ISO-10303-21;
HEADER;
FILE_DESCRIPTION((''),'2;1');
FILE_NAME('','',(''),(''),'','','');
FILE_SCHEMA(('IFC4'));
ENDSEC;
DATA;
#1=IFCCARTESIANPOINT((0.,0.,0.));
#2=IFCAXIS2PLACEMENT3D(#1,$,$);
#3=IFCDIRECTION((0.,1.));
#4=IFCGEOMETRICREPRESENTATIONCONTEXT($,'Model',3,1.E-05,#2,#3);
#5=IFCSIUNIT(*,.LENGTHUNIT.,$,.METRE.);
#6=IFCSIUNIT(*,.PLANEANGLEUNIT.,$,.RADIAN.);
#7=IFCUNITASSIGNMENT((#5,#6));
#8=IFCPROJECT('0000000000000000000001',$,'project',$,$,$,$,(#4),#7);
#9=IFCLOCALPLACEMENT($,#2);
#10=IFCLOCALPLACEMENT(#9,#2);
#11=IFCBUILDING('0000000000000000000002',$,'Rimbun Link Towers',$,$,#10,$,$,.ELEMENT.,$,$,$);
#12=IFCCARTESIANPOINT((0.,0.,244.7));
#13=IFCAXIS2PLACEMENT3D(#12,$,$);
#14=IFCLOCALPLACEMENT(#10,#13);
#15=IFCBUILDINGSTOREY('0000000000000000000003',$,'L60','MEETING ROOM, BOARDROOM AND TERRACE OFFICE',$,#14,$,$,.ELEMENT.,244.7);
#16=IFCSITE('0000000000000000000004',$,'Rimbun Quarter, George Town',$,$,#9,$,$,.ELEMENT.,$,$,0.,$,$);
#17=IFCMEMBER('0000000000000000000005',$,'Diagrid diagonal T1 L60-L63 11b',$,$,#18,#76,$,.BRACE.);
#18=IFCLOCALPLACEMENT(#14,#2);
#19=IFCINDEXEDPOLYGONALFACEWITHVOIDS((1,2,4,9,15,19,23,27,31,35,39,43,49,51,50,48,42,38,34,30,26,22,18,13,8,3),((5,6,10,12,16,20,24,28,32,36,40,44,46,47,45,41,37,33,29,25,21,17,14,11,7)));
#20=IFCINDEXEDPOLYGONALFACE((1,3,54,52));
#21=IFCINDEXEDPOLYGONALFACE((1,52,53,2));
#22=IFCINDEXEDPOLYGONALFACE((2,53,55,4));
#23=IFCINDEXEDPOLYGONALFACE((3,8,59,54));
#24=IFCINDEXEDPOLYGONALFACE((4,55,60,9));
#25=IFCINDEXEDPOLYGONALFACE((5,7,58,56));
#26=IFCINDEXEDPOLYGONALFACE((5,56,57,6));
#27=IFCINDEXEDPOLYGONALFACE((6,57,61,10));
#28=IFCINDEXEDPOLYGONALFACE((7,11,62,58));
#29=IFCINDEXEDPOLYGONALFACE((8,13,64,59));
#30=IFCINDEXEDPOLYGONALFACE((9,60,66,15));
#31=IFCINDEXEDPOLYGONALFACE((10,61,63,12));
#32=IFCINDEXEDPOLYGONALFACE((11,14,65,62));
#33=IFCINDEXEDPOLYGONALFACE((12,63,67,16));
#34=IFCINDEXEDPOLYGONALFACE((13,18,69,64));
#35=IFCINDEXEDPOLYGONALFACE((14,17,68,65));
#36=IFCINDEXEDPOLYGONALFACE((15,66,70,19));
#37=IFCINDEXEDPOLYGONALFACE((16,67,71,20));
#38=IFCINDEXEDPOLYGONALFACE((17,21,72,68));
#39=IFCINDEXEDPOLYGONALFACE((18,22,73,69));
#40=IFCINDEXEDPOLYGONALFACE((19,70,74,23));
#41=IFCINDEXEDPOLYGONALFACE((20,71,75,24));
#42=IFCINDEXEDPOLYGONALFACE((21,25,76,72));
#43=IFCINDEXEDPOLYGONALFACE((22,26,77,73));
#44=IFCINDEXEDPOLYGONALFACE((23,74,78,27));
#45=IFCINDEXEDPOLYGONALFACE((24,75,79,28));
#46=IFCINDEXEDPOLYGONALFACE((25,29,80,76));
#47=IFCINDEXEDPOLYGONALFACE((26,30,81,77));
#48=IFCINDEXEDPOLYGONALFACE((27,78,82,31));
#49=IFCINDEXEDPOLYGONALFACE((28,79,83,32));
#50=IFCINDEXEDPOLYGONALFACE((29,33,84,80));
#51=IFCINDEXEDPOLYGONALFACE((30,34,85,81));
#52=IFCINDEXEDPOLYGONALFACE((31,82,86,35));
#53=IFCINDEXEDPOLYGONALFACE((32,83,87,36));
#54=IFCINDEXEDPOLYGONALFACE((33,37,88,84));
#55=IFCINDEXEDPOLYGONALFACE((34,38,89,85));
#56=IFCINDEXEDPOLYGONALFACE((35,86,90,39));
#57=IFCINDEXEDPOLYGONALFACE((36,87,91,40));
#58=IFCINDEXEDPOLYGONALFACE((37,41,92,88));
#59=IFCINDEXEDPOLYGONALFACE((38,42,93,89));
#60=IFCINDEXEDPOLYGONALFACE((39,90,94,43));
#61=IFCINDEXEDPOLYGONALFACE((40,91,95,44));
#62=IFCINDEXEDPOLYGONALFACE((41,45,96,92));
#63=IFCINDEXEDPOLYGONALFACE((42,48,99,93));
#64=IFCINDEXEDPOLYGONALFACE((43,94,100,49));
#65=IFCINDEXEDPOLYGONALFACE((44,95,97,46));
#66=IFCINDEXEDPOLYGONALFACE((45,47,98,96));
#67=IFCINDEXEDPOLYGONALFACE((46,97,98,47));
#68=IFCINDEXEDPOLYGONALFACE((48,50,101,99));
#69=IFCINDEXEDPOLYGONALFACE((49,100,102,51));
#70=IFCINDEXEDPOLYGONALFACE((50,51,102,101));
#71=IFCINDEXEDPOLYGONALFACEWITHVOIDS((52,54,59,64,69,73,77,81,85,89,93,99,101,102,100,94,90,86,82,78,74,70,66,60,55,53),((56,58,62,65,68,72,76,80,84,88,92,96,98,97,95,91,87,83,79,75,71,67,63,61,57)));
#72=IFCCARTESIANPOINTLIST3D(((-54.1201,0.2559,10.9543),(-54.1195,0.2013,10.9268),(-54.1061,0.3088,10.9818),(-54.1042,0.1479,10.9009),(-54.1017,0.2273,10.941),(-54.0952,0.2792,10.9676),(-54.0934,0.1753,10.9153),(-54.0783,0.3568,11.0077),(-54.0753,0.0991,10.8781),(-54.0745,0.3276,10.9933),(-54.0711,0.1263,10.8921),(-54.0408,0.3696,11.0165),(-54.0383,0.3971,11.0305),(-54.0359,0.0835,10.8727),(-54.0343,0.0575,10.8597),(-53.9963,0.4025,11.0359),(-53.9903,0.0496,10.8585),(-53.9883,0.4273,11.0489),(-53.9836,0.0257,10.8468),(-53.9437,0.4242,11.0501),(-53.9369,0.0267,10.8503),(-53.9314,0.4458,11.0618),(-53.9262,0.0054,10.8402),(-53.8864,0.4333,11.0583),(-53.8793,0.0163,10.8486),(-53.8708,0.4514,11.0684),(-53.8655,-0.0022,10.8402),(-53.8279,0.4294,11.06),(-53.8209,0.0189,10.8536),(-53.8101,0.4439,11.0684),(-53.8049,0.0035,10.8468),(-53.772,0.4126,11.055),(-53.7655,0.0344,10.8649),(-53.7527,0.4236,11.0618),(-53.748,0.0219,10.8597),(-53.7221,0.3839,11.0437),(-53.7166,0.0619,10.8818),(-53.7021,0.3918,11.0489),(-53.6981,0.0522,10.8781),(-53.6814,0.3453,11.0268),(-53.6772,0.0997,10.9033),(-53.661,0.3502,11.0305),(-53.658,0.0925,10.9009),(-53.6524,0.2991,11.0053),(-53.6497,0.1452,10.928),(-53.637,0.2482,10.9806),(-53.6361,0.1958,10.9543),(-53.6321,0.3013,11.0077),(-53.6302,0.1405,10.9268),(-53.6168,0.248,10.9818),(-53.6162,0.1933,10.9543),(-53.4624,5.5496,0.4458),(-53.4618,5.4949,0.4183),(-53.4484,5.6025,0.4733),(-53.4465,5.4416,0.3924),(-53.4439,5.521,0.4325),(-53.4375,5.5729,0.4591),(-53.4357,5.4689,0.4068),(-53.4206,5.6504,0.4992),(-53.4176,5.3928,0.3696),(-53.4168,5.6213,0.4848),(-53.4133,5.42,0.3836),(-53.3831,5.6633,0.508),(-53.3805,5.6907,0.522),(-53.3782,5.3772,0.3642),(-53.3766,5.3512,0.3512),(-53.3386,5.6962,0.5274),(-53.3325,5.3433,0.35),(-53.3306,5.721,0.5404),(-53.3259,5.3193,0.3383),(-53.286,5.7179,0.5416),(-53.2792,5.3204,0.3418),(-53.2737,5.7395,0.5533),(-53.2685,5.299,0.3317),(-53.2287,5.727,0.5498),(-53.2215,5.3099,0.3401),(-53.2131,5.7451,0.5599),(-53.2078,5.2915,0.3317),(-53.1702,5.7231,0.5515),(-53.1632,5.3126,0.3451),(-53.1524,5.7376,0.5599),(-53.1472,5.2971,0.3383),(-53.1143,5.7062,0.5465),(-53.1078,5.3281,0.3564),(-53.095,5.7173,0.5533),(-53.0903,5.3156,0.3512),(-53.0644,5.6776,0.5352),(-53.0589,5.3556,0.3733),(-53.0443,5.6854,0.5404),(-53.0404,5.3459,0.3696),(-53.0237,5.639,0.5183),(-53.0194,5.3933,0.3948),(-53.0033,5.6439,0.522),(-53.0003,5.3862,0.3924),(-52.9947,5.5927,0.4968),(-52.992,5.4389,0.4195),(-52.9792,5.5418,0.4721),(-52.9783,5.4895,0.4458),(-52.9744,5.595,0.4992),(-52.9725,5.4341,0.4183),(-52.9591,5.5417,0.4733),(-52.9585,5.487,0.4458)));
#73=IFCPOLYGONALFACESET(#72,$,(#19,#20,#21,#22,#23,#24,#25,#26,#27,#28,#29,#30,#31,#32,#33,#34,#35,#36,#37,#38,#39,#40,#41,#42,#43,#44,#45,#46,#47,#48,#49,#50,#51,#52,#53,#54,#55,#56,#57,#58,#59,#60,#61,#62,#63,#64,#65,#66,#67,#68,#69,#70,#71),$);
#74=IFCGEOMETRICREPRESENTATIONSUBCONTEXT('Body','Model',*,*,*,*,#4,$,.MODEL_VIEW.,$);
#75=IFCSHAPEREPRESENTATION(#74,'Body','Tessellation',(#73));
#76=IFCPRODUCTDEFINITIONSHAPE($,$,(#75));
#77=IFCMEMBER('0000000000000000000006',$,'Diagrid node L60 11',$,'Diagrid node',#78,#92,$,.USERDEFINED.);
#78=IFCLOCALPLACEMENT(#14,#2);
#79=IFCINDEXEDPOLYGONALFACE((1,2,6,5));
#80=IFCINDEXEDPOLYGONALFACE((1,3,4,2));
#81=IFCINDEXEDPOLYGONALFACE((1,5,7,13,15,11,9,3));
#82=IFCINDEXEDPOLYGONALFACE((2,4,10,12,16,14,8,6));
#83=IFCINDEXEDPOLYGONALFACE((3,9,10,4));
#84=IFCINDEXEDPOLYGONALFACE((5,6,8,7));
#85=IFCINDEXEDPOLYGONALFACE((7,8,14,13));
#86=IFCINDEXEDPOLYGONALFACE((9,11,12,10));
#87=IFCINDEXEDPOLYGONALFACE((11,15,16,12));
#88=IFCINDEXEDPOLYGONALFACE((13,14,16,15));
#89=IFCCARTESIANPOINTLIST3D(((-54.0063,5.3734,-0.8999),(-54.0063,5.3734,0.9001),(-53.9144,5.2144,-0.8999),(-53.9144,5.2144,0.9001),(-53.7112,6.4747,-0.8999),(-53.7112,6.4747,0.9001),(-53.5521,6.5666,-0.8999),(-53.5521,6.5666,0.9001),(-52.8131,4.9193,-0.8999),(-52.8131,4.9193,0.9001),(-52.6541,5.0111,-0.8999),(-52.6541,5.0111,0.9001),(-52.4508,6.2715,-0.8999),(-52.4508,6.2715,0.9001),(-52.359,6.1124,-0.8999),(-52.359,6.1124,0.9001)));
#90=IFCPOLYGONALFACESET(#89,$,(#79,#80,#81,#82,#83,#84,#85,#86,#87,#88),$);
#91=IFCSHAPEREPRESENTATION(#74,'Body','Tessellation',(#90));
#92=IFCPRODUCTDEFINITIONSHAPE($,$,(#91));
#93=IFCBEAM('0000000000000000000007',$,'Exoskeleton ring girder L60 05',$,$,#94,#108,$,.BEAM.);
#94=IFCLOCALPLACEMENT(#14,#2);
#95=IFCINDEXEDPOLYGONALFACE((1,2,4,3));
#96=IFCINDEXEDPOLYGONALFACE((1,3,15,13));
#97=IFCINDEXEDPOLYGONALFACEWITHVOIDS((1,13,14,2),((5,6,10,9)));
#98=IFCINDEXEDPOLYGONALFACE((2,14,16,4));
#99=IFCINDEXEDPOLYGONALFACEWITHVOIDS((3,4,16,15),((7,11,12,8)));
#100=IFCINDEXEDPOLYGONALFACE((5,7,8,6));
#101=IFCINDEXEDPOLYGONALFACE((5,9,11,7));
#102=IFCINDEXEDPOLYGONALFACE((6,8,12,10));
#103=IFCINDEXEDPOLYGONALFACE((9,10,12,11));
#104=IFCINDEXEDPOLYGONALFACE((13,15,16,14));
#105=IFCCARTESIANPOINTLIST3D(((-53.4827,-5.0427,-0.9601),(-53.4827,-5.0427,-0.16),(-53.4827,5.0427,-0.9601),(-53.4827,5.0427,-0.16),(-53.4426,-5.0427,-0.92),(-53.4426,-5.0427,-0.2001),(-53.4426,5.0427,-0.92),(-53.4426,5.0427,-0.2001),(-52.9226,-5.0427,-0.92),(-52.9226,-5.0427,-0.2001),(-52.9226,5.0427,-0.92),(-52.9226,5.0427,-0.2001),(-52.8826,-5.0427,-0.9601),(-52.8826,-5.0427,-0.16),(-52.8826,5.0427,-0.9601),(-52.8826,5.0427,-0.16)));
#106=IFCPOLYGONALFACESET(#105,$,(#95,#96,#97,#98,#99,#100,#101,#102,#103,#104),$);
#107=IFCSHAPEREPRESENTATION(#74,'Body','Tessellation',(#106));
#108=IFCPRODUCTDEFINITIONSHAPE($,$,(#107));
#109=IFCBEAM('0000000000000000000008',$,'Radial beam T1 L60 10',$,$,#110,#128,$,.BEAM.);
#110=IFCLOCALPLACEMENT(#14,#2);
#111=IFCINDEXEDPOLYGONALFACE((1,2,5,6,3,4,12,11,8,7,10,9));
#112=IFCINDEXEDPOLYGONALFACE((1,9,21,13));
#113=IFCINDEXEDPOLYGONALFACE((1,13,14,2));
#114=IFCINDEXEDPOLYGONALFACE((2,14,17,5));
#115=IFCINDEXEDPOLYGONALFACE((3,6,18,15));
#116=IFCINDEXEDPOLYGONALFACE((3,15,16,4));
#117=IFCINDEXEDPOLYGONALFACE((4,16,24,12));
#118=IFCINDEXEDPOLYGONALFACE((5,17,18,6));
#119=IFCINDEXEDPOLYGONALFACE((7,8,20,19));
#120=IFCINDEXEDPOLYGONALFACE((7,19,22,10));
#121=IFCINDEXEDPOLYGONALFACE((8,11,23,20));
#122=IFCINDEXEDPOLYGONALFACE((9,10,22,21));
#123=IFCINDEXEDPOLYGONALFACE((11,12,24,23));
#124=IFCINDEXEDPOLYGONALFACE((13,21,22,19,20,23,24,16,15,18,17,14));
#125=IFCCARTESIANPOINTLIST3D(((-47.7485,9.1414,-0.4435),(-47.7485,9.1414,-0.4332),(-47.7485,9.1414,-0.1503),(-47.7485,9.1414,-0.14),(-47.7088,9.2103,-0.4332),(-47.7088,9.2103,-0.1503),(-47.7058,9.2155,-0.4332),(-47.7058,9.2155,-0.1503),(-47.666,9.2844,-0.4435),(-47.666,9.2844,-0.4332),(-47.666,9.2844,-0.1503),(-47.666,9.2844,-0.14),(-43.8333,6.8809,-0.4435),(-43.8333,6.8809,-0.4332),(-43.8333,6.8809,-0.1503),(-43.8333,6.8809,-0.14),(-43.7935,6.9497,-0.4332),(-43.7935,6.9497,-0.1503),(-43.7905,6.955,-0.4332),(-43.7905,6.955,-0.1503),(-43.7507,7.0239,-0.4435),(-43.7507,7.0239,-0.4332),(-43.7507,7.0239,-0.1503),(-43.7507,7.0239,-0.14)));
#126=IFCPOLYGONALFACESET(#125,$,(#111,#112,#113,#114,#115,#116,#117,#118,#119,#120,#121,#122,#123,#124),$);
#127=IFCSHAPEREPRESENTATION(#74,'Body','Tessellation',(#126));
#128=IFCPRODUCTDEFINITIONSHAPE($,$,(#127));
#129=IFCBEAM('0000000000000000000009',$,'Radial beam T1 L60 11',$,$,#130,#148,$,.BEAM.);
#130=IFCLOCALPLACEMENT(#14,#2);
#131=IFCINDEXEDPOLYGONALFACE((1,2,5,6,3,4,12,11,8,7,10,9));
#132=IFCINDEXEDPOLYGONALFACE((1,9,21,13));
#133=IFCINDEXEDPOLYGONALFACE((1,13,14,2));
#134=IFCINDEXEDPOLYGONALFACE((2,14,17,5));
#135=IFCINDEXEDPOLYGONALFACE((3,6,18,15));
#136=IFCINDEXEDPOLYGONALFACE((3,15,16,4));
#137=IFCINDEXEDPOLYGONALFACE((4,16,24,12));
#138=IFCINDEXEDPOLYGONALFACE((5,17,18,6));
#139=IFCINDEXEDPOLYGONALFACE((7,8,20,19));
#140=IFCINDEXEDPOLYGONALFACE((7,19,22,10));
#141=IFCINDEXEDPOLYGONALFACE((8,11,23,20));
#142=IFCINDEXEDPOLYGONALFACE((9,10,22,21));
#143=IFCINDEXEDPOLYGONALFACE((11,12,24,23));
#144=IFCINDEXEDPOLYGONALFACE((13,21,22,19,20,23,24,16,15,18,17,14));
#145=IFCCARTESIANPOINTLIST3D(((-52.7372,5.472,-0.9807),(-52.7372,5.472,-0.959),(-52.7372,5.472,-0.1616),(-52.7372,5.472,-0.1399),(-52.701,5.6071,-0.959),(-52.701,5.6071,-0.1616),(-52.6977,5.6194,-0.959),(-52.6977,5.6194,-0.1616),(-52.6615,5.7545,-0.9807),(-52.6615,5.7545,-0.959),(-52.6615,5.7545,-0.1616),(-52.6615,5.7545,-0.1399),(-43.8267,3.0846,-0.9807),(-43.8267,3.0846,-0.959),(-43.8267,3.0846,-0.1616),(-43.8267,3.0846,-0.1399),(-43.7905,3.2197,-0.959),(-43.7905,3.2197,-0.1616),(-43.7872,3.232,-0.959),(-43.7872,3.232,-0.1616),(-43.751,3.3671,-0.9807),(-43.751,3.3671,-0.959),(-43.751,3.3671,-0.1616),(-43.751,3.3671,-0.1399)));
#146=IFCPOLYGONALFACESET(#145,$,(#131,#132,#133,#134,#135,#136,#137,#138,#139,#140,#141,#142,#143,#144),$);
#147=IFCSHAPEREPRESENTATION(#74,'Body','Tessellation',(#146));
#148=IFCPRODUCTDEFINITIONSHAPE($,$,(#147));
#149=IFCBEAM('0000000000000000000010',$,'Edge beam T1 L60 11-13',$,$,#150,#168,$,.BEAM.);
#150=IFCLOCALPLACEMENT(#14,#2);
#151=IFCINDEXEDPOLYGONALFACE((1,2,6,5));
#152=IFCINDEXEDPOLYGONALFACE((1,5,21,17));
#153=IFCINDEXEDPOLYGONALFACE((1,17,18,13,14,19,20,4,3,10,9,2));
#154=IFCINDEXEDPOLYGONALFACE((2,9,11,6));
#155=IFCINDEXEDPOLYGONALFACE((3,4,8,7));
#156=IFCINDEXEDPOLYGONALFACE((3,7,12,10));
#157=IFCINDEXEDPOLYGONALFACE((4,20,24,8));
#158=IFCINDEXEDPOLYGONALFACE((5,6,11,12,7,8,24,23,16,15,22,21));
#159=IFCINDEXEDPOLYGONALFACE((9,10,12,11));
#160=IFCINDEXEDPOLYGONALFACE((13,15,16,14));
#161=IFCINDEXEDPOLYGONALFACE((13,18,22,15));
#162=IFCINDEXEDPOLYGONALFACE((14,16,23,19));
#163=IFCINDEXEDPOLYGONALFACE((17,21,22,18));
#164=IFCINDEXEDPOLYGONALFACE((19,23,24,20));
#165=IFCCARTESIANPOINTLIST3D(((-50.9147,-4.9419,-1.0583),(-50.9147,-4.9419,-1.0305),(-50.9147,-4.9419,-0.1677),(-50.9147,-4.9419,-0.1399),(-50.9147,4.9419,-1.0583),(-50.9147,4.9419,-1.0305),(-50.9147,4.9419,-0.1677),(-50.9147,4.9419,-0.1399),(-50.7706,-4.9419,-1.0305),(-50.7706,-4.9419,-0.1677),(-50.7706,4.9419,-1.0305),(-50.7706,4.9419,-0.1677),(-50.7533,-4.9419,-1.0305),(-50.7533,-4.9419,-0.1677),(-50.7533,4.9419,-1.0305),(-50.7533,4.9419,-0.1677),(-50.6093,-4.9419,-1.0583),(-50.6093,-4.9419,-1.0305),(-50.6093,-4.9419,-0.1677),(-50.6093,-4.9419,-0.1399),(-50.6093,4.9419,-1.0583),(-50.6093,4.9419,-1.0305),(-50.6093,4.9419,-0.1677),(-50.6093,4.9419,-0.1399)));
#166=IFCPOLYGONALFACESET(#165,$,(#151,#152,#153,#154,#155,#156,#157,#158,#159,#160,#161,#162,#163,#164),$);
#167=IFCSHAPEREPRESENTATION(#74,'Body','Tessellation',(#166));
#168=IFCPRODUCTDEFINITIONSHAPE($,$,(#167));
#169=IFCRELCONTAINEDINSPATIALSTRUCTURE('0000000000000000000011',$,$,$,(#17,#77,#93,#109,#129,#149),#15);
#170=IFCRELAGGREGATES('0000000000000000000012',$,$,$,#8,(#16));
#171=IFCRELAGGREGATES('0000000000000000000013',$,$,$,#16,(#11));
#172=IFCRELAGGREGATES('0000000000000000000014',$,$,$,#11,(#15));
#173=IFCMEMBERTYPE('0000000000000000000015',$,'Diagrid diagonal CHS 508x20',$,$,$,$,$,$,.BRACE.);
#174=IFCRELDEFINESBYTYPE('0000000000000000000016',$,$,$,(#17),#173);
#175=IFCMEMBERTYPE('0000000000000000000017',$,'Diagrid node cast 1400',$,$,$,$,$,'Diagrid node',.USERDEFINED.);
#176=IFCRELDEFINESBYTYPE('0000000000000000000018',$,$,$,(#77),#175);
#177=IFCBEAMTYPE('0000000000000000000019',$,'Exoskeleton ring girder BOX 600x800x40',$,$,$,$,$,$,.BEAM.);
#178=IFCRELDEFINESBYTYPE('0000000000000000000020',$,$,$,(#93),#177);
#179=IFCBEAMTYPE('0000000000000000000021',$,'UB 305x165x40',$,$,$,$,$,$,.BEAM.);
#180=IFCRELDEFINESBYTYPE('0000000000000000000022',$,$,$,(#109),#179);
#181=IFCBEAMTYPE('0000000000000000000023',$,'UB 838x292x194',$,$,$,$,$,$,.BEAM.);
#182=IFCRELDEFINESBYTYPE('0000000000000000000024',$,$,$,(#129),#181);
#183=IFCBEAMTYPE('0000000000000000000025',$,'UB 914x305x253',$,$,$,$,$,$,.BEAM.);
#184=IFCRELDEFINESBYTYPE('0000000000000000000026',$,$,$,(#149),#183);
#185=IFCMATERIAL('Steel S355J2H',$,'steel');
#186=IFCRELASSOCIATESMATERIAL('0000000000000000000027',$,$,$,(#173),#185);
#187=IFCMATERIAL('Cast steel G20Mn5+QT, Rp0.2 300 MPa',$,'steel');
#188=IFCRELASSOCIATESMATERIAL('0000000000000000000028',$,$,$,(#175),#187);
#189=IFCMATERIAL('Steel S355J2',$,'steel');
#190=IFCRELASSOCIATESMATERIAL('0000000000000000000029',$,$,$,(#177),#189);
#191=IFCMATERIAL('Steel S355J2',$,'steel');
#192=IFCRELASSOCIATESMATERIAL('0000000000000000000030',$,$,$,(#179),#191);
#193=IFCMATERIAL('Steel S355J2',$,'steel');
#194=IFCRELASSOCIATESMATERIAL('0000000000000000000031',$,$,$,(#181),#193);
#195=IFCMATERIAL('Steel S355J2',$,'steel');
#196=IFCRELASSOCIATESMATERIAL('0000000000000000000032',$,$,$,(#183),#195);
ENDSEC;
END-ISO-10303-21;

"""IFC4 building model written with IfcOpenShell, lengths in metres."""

from ifc_helpers import new_model, si_unit, direction, frame, origin, origin_2d, place, context, subcontext, project, spatial, polyline, hollow_rectangle, hollow_circle, i_section, outline, extrude, material, material_profile, profile_set, type_object, element, save


model = new_model("IFC4")

# Units and contexts
model_context = context("Model", 3, precision=1e-05, world=origin(), true_north=direction((0.0, 1.0)))
body_context = subcontext(model_context, "Body", "Model", "MODEL_VIEW")
ifc_project = project(units=[si_unit("LENGTHUNIT", "METRE"), si_unit("PLANEANGLEUNIT", "RADIAN")], contexts=[model_context])

# Site, building, storey
site_placement = place(None, origin())
site = spatial("IfcSite", under=ifc_project, at=site_placement, Name="Rimbun Quarter, George Town", CompositionType="ELEMENT", RefElevation=0.0)
building_placement = place(site_placement, origin())
building = spatial("IfcBuilding", under=site, at=building_placement, Name="Rimbun Link Towers", CompositionType="ELEMENT")
storey_placement = place(building_placement, frame((0.0, 0.0, 244.7)))
storey = spatial("IfcBuildingStorey", under=building, at=storey_placement, Name="L60", Description="MEETING ROOM, BOARDROOM AND TERRACE OFFICE", CompositionType="ELEMENT", Elevation=244.7)

# Members
ifc_material_1 = material(Name="Steel S355J2H", Category="steel")
ifc_material_profile_1 = material_profile(ifc_material_1, hollow_circle(Radius=0.2539, WallThickness=0.02, at=origin_2d()), Name="Diagrid diagonal CHS 508x20")
ifc_profile_set_1 = profile_set([ifc_material_profile_1], Name="Steel S355J2H")
member_type_1 = type_object("IfcMemberType", Name="Diagrid diagonal CHS 508x20", PredefinedType="BRACE", material=ifc_profile_set_1)
member_1_placement = place(storey_placement, frame((-53.2104, 5.5183, 0.4458), z_axis=(-0.05581, -0.449191, 0.891691), x_axis=(0.99237, -0.123297, 0.0)))
element("IfcMember", 1, at=member_1_placement, inside=storey, type_object=member_type_1, Name="Diagrid diagonal T1 L60-L63 11b", PredefinedType="BRACE", context=body_context, shape_type="SweptSolid", body=[
    extrude(hollow_circle(Radius=0.2539, WallThickness=0.02, at=origin_2d()), origin(), (0.0, 0.0, 1.0), 11.7849),
])
ifc_material_2 = material(Name="Cast steel G20Mn5+QT, Rp0.2 300 MPa", Category="steel")
ifc_material_profile_2 = material_profile(ifc_material_2, outline(polyline([(0.7, -0.5701), (0.7, 0.5701), (0.5701, 0.7), (-0.5701, 0.7), (-0.7, 0.5701), (-0.7, -0.5701), (-0.5701, -0.7), (0.5701, -0.7), (0.7, -0.5701)])), Name="NODE 1400x1400")
ifc_profile_set_2 = profile_set([ifc_material_profile_2], Name="Cast steel G20Mn5+QT, Rp0.2 300 MPa")
member_type_2 = type_object("IfcMemberType", Name="Diagrid node cast 1400", ElementType="Diagrid node", PredefinedType="USERDEFINED", material=ifc_profile_set_2)
member_2_placement = place(storey_placement, frame((-53.1826, 5.7429, -0.8999), z_axis=(0.0, 0.0, 1.0), x_axis=(-0.965926, 0.258819, 0.0)))
element("IfcMember", 2, at=member_2_placement, inside=storey, type_object=member_type_2, Name="Diagrid node L60 11", ObjectType="Diagrid node", PredefinedType="USERDEFINED", context=body_context, shape_type="SweptSolid", body=[
    extrude(outline(polyline([(0.7, -0.5701), (0.7, 0.5701), (0.5701, 0.7), (-0.5701, 0.7), (-0.7, 0.5701), (-0.7, -0.5701), (-0.5701, -0.7), (0.5701, -0.7), (0.7, -0.5701)])), origin(), (0.0, 0.0, 1.0), 1.8),
])

# Beams
ifc_material_3 = material(Name="Steel S355J2", Category="steel")
ifc_material_profile_3 = material_profile(ifc_material_3, hollow_rectangle(XDim=0.6001, YDim=0.8, WallThickness=0.04, at=origin_2d()), Name="Exoskeleton ring girder BOX 600x800x40")
ifc_profile_set_3 = profile_set([ifc_material_profile_3], Name="Steel S355J2")
beam_type_1 = type_object("IfcBeamType", Name="Exoskeleton ring girder BOX 600x800x40", PredefinedType="BEAM", material=ifc_profile_set_3)
beam_1_placement = place(storey_placement, frame((-53.1826, 5.0427, -0.5601), z_axis=(0.0, -1.0, 0.0), x_axis=(1.0, 0.0, 0.0)))
element("IfcBeam", 3, at=beam_1_placement, inside=storey, type_object=beam_type_1, Name="Exoskeleton ring girder L60 05", PredefinedType="BEAM", context=body_context, shape_type="SweptSolid", body=[
    extrude(hollow_rectangle(XDim=0.6001, YDim=0.8, WallThickness=0.04, at=origin_2d()), origin(), (0.0, 0.0, 1.0), 10.0854),
])
ifc_material_4 = material(Name="Steel S355J2", Category="steel")
ifc_material_profile_4 = material_profile(ifc_material_4, i_section(OverallWidth=0.165, OverallDepth=0.3035, WebThickness=0.0061, FlangeThickness=0.0103, at=origin_2d()), Name="UB 305x165x40")
ifc_profile_set_4 = profile_set([ifc_material_profile_4], Name="Steel S355J2")
beam_type_2 = type_object("IfcBeamType", Name="UB 305x165x40", PredefinedType="BEAM", material=ifc_profile_set_4)
beam_2_placement = place(storey_placement, frame((-43.792, 6.9524, -0.2917), z_axis=(-0.866025, 0.500001, 0.0), x_axis=(-0.500001, -0.866025, 0.0)))
element("IfcBeam", 4, at=beam_2_placement, inside=storey, type_object=beam_type_2, Name="Radial beam T1 L60 10", PredefinedType="BEAM", context=body_context, shape_type="SweptSolid", body=[
    extrude(i_section(OverallWidth=0.165, OverallDepth=0.3035, WebThickness=0.0061, FlangeThickness=0.0103, at=origin_2d()), origin(), (0.0, 0.0, 1.0), 4.521),
])
ifc_material_5 = material(Name="Steel S355J2", Category="steel")
ifc_material_profile_5 = material_profile(ifc_material_5, i_section(OverallWidth=0.2925, OverallDepth=0.8408, WebThickness=0.0127, FlangeThickness=0.0217, at=origin_2d()), Name="UB 838x292x194")
ifc_profile_set_5 = profile_set([ifc_material_profile_5], Name="Steel S355J2")
beam_type_3 = type_object("IfcBeamType", Name="UB 838x292x194", PredefinedType="BEAM", material=ifc_profile_set_5)
beam_3_placement = place(storey_placement, frame((-43.7888, 3.2258, -0.5603), z_axis=(-0.96593, 0.258804, 0.0), x_axis=(-0.258804, -0.96593, 0.0)))
element("IfcBeam", 5, at=beam_3_placement, inside=storey, type_object=beam_type_3, Name="Radial beam T1 L60 11", PredefinedType="BEAM", context=body_context, shape_type="SweptSolid", body=[
    extrude(i_section(OverallWidth=0.2925, OverallDepth=0.8408, WebThickness=0.0127, FlangeThickness=0.0217, at=origin_2d()), origin(), (0.0, 0.0, 1.0), 9.2249),
])
ifc_material_6 = material(Name="Steel S355J2", Category="steel")
ifc_material_profile_6 = material_profile(ifc_material_6, i_section(OverallWidth=0.3054, OverallDepth=0.9185, WebThickness=0.0173, FlangeThickness=0.0278, at=origin_2d()), Name="UB 914x305x253")
ifc_profile_set_6 = profile_set([ifc_material_profile_6], Name="Steel S355J2")
beam_type_4 = type_object("IfcBeamType", Name="UB 914x305x253", PredefinedType="BEAM", material=ifc_profile_set_6)
beam_4_placement = place(storey_placement, frame((-50.762, 4.9419, -0.5991), z_axis=(0.0, -1.0, 0.0), x_axis=(1.0, 0.0, 0.0)))
element("IfcBeam", 6, at=beam_4_placement, inside=storey, type_object=beam_type_4, Name="Edge beam T1 L60 11-13", PredefinedType="BEAM", context=body_context, shape_type="SweptSolid", body=[
    extrude(i_section(OverallWidth=0.3054, OverallDepth=0.9185, WebThickness=0.0173, FlangeThickness=0.0278, at=origin_2d()), origin(), (0.0, 0.0, 1.0), 9.8838),
])

save(model, "model.ifc")
